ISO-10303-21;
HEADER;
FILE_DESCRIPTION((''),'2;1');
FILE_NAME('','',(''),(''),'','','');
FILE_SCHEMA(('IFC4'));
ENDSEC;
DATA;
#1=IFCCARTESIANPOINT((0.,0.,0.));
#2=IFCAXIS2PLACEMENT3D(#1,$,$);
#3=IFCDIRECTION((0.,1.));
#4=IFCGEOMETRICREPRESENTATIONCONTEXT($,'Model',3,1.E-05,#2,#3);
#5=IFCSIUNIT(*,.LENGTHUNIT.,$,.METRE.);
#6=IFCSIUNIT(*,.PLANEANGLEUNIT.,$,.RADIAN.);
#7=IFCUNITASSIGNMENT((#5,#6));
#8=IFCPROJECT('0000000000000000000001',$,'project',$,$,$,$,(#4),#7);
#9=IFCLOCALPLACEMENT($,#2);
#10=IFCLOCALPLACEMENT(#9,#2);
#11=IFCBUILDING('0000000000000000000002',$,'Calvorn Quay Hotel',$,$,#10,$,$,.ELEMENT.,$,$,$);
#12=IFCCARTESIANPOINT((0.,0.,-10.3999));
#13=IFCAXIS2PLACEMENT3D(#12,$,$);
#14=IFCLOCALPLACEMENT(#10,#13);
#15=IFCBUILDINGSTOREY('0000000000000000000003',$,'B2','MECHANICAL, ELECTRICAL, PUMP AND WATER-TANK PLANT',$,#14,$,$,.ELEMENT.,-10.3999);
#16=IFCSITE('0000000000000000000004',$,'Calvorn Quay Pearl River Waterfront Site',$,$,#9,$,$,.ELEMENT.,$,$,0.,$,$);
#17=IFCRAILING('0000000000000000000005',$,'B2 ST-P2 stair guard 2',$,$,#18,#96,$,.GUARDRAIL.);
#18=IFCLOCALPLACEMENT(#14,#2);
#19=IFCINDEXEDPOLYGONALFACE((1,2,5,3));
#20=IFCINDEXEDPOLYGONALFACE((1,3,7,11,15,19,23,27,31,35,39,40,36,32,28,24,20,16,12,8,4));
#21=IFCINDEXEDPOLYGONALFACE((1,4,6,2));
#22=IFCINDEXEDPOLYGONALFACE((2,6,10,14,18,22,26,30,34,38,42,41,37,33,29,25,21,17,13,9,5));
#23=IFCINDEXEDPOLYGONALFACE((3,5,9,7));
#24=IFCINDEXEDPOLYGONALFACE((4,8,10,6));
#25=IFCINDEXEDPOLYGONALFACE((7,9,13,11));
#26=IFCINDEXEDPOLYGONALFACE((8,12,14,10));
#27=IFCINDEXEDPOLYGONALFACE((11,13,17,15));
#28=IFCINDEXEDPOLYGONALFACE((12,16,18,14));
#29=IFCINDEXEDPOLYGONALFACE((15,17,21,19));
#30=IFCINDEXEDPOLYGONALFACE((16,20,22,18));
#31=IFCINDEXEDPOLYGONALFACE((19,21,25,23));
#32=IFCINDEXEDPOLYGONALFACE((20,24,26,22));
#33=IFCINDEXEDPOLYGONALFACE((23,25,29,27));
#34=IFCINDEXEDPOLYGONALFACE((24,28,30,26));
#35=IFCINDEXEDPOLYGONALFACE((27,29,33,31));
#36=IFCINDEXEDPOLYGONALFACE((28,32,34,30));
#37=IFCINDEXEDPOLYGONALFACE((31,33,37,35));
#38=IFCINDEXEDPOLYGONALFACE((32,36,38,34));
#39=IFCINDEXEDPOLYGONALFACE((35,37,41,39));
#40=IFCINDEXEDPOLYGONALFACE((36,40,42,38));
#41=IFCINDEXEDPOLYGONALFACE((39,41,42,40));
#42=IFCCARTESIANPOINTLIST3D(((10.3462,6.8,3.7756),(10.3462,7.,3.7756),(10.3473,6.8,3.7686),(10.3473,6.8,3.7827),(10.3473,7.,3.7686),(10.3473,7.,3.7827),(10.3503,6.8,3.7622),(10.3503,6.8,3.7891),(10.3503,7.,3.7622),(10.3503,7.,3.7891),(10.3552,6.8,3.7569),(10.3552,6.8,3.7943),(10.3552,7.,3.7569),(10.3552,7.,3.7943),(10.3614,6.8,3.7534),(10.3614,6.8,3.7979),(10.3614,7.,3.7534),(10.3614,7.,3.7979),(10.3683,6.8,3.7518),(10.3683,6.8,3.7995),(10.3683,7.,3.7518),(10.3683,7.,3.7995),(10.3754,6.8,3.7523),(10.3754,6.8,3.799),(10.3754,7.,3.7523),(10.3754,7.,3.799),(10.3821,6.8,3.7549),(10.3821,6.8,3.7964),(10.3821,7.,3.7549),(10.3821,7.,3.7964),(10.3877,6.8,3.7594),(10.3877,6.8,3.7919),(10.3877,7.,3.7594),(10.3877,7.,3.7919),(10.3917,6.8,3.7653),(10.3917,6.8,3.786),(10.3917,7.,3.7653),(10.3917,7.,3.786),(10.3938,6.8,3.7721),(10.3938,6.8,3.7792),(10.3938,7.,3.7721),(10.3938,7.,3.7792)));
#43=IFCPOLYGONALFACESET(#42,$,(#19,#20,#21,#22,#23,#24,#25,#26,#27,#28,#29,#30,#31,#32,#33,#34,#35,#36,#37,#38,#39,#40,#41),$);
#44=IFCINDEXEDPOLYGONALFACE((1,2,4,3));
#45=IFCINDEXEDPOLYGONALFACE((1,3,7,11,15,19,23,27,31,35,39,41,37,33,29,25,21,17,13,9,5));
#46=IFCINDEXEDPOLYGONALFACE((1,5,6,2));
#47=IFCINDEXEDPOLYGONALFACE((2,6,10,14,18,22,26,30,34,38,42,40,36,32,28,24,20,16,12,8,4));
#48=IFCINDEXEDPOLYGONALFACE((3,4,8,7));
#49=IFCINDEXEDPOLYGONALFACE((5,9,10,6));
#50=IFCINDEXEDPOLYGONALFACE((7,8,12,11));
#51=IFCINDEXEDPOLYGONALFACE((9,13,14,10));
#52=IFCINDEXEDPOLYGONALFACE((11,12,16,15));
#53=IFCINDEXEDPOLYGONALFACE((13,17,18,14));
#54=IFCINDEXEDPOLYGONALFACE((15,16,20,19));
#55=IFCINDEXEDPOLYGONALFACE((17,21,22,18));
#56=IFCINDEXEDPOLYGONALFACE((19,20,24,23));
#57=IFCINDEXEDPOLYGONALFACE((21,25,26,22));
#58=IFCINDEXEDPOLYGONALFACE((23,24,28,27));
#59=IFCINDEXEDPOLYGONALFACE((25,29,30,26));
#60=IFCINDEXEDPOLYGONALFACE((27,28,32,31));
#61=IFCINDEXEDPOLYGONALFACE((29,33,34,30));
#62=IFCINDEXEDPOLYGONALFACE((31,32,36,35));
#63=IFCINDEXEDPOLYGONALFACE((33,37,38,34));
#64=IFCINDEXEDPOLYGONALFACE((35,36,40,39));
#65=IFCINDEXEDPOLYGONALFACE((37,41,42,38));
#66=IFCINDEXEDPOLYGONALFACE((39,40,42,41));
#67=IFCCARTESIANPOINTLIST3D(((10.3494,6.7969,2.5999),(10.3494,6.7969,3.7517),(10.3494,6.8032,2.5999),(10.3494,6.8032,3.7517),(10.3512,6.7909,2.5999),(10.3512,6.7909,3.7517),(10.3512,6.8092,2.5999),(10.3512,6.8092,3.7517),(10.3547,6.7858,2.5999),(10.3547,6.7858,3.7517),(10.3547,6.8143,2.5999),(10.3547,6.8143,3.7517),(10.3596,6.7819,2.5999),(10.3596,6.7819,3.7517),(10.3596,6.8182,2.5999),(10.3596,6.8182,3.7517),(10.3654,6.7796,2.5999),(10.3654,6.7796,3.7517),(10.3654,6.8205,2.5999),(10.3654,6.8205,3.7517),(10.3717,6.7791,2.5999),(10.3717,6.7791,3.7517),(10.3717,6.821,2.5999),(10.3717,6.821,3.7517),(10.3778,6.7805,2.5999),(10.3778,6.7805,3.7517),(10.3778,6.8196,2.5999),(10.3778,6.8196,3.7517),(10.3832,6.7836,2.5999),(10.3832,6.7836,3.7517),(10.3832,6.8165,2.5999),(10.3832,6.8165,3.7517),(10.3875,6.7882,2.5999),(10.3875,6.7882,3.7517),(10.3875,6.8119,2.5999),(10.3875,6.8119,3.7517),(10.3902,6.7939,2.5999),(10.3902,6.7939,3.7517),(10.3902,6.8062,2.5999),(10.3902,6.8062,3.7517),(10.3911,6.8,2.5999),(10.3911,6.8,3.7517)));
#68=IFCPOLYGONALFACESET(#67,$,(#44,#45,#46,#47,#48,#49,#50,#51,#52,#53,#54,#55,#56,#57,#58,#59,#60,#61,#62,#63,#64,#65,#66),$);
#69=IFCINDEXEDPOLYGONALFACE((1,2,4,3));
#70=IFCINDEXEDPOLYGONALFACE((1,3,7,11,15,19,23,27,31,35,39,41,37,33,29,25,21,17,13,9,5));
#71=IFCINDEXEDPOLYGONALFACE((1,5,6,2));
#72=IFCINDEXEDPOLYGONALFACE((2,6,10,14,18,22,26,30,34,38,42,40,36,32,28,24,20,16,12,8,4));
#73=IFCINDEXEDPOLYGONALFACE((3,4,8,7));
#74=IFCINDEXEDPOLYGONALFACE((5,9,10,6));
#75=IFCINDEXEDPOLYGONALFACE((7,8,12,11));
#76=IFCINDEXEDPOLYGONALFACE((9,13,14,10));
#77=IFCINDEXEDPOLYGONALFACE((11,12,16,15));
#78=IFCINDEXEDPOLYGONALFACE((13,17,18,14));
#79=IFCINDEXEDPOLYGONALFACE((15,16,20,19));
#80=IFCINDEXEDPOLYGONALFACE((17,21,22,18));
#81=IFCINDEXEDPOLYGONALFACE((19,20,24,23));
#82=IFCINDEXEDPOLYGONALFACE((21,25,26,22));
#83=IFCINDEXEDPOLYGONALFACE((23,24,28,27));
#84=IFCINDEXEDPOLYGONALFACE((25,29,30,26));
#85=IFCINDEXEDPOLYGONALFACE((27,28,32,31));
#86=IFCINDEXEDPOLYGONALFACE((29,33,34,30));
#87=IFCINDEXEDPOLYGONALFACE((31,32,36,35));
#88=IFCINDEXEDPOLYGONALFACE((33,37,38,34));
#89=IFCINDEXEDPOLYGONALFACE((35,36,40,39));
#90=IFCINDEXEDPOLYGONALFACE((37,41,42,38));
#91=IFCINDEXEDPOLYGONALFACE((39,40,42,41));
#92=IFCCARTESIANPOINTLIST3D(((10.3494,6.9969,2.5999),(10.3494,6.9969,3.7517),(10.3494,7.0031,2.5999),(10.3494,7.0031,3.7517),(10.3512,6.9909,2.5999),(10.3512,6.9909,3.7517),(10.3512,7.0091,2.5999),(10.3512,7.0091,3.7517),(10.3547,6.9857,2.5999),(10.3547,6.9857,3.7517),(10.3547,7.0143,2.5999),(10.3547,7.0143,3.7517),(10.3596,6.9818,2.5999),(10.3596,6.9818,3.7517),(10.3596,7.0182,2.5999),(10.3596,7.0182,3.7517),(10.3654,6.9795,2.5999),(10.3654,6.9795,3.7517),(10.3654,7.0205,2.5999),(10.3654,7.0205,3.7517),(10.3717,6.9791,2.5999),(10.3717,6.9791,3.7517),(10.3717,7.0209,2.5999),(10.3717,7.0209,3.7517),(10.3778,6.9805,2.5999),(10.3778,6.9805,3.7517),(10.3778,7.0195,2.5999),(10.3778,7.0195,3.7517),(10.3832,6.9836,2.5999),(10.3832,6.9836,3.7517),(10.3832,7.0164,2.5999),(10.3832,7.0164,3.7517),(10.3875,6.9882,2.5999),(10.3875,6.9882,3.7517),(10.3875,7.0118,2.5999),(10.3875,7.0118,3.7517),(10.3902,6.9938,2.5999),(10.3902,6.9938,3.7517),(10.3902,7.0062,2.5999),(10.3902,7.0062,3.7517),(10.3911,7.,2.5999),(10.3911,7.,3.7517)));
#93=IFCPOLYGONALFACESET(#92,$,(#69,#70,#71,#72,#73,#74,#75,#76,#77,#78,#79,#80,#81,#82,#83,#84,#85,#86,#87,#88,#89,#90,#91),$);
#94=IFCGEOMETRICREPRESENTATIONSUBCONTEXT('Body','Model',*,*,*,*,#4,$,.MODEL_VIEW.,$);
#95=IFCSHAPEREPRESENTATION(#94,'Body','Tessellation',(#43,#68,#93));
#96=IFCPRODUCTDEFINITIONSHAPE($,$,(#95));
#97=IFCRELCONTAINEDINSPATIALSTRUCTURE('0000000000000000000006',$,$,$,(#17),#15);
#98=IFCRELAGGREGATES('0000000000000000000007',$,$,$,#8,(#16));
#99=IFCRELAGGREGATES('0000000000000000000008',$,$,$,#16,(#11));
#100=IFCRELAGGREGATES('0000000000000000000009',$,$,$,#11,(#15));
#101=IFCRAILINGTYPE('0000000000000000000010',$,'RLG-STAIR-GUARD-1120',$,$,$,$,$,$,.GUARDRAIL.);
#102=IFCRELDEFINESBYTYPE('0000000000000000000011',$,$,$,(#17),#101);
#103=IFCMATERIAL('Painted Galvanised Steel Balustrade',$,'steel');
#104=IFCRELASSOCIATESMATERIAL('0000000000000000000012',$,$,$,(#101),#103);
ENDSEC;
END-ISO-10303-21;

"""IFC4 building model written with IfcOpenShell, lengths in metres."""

from ifc_helpers import new_model, si_unit, direction, frame, origin, origin_2d, place, context, subcontext, project, spatial, circle, extrude, material, type_object, element, save


model = new_model("IFC4")

# Units and contexts
model_context = context("Model", 3, precision=1e-05, world=origin(), true_north=direction((0.0, 1.0)))
body_context = subcontext(model_context, "Body", "Model", "MODEL_VIEW")
ifc_project = project(units=[si_unit("LENGTHUNIT", "METRE"), si_unit("PLANEANGLEUNIT", "RADIAN")], contexts=[model_context])

# Site, building, storey
site_placement = place(None, origin())
site = spatial("IfcSite", under=ifc_project, at=site_placement, Name="Calvorn Quay Pearl River Waterfront Site", CompositionType="ELEMENT", RefElevation=0.0)
building_placement = place(site_placement, origin())
building = spatial("IfcBuilding", under=site, at=building_placement, Name="Calvorn Quay Hotel", CompositionType="ELEMENT")
storey_placement = place(building_placement, frame((0.0, 0.0, -10.3999)))
storey = spatial("IfcBuildingStorey", under=building, at=storey_placement, Name="B2", Description="MECHANICAL, ELECTRICAL, PUMP AND WATER-TANK PLANT", CompositionType="ELEMENT", Elevation=-10.3999)

# Railing
ifc_material_1 = material(Name="Painted Galvanised Steel Balustrade", Category="steel")
railing_type_1 = type_object("IfcRailingType", Name="RLG-STAIR-GUARD-1120", PredefinedType="GUARDRAIL", material=ifc_material_1)
railing_1_placement = place(storey_placement, frame((10.3701, 6.8, 2.5999)))
element("IfcRailing", 1, at=railing_1_placement, inside=storey, type_object=railing_type_1, Name="B2 ST-P2 stair guard 2", PredefinedType="GUARDRAIL", context=body_context, shape_type="SweptSolid", body=[
    extrude(circle(Radius=0.0239, at=origin_2d()), frame((0.0, 0.0, 1.1758), z_axis=(0.0, 1.0, 0.0), x_axis=(-1.0, 0.0, 0.0)), (0.0, 0.0, 1.0), 0.2),
    extrude(circle(Radius=0.021, at=origin_2d()), origin(), (0.0, 0.0, 1.0), 1.1519),
    extrude(circle(Radius=0.021, at=origin_2d()), frame((0.0, 0.2, 0.0)), (0.0, 0.0, 1.0), 1.1519),
])

save(model, "model.ifc")
